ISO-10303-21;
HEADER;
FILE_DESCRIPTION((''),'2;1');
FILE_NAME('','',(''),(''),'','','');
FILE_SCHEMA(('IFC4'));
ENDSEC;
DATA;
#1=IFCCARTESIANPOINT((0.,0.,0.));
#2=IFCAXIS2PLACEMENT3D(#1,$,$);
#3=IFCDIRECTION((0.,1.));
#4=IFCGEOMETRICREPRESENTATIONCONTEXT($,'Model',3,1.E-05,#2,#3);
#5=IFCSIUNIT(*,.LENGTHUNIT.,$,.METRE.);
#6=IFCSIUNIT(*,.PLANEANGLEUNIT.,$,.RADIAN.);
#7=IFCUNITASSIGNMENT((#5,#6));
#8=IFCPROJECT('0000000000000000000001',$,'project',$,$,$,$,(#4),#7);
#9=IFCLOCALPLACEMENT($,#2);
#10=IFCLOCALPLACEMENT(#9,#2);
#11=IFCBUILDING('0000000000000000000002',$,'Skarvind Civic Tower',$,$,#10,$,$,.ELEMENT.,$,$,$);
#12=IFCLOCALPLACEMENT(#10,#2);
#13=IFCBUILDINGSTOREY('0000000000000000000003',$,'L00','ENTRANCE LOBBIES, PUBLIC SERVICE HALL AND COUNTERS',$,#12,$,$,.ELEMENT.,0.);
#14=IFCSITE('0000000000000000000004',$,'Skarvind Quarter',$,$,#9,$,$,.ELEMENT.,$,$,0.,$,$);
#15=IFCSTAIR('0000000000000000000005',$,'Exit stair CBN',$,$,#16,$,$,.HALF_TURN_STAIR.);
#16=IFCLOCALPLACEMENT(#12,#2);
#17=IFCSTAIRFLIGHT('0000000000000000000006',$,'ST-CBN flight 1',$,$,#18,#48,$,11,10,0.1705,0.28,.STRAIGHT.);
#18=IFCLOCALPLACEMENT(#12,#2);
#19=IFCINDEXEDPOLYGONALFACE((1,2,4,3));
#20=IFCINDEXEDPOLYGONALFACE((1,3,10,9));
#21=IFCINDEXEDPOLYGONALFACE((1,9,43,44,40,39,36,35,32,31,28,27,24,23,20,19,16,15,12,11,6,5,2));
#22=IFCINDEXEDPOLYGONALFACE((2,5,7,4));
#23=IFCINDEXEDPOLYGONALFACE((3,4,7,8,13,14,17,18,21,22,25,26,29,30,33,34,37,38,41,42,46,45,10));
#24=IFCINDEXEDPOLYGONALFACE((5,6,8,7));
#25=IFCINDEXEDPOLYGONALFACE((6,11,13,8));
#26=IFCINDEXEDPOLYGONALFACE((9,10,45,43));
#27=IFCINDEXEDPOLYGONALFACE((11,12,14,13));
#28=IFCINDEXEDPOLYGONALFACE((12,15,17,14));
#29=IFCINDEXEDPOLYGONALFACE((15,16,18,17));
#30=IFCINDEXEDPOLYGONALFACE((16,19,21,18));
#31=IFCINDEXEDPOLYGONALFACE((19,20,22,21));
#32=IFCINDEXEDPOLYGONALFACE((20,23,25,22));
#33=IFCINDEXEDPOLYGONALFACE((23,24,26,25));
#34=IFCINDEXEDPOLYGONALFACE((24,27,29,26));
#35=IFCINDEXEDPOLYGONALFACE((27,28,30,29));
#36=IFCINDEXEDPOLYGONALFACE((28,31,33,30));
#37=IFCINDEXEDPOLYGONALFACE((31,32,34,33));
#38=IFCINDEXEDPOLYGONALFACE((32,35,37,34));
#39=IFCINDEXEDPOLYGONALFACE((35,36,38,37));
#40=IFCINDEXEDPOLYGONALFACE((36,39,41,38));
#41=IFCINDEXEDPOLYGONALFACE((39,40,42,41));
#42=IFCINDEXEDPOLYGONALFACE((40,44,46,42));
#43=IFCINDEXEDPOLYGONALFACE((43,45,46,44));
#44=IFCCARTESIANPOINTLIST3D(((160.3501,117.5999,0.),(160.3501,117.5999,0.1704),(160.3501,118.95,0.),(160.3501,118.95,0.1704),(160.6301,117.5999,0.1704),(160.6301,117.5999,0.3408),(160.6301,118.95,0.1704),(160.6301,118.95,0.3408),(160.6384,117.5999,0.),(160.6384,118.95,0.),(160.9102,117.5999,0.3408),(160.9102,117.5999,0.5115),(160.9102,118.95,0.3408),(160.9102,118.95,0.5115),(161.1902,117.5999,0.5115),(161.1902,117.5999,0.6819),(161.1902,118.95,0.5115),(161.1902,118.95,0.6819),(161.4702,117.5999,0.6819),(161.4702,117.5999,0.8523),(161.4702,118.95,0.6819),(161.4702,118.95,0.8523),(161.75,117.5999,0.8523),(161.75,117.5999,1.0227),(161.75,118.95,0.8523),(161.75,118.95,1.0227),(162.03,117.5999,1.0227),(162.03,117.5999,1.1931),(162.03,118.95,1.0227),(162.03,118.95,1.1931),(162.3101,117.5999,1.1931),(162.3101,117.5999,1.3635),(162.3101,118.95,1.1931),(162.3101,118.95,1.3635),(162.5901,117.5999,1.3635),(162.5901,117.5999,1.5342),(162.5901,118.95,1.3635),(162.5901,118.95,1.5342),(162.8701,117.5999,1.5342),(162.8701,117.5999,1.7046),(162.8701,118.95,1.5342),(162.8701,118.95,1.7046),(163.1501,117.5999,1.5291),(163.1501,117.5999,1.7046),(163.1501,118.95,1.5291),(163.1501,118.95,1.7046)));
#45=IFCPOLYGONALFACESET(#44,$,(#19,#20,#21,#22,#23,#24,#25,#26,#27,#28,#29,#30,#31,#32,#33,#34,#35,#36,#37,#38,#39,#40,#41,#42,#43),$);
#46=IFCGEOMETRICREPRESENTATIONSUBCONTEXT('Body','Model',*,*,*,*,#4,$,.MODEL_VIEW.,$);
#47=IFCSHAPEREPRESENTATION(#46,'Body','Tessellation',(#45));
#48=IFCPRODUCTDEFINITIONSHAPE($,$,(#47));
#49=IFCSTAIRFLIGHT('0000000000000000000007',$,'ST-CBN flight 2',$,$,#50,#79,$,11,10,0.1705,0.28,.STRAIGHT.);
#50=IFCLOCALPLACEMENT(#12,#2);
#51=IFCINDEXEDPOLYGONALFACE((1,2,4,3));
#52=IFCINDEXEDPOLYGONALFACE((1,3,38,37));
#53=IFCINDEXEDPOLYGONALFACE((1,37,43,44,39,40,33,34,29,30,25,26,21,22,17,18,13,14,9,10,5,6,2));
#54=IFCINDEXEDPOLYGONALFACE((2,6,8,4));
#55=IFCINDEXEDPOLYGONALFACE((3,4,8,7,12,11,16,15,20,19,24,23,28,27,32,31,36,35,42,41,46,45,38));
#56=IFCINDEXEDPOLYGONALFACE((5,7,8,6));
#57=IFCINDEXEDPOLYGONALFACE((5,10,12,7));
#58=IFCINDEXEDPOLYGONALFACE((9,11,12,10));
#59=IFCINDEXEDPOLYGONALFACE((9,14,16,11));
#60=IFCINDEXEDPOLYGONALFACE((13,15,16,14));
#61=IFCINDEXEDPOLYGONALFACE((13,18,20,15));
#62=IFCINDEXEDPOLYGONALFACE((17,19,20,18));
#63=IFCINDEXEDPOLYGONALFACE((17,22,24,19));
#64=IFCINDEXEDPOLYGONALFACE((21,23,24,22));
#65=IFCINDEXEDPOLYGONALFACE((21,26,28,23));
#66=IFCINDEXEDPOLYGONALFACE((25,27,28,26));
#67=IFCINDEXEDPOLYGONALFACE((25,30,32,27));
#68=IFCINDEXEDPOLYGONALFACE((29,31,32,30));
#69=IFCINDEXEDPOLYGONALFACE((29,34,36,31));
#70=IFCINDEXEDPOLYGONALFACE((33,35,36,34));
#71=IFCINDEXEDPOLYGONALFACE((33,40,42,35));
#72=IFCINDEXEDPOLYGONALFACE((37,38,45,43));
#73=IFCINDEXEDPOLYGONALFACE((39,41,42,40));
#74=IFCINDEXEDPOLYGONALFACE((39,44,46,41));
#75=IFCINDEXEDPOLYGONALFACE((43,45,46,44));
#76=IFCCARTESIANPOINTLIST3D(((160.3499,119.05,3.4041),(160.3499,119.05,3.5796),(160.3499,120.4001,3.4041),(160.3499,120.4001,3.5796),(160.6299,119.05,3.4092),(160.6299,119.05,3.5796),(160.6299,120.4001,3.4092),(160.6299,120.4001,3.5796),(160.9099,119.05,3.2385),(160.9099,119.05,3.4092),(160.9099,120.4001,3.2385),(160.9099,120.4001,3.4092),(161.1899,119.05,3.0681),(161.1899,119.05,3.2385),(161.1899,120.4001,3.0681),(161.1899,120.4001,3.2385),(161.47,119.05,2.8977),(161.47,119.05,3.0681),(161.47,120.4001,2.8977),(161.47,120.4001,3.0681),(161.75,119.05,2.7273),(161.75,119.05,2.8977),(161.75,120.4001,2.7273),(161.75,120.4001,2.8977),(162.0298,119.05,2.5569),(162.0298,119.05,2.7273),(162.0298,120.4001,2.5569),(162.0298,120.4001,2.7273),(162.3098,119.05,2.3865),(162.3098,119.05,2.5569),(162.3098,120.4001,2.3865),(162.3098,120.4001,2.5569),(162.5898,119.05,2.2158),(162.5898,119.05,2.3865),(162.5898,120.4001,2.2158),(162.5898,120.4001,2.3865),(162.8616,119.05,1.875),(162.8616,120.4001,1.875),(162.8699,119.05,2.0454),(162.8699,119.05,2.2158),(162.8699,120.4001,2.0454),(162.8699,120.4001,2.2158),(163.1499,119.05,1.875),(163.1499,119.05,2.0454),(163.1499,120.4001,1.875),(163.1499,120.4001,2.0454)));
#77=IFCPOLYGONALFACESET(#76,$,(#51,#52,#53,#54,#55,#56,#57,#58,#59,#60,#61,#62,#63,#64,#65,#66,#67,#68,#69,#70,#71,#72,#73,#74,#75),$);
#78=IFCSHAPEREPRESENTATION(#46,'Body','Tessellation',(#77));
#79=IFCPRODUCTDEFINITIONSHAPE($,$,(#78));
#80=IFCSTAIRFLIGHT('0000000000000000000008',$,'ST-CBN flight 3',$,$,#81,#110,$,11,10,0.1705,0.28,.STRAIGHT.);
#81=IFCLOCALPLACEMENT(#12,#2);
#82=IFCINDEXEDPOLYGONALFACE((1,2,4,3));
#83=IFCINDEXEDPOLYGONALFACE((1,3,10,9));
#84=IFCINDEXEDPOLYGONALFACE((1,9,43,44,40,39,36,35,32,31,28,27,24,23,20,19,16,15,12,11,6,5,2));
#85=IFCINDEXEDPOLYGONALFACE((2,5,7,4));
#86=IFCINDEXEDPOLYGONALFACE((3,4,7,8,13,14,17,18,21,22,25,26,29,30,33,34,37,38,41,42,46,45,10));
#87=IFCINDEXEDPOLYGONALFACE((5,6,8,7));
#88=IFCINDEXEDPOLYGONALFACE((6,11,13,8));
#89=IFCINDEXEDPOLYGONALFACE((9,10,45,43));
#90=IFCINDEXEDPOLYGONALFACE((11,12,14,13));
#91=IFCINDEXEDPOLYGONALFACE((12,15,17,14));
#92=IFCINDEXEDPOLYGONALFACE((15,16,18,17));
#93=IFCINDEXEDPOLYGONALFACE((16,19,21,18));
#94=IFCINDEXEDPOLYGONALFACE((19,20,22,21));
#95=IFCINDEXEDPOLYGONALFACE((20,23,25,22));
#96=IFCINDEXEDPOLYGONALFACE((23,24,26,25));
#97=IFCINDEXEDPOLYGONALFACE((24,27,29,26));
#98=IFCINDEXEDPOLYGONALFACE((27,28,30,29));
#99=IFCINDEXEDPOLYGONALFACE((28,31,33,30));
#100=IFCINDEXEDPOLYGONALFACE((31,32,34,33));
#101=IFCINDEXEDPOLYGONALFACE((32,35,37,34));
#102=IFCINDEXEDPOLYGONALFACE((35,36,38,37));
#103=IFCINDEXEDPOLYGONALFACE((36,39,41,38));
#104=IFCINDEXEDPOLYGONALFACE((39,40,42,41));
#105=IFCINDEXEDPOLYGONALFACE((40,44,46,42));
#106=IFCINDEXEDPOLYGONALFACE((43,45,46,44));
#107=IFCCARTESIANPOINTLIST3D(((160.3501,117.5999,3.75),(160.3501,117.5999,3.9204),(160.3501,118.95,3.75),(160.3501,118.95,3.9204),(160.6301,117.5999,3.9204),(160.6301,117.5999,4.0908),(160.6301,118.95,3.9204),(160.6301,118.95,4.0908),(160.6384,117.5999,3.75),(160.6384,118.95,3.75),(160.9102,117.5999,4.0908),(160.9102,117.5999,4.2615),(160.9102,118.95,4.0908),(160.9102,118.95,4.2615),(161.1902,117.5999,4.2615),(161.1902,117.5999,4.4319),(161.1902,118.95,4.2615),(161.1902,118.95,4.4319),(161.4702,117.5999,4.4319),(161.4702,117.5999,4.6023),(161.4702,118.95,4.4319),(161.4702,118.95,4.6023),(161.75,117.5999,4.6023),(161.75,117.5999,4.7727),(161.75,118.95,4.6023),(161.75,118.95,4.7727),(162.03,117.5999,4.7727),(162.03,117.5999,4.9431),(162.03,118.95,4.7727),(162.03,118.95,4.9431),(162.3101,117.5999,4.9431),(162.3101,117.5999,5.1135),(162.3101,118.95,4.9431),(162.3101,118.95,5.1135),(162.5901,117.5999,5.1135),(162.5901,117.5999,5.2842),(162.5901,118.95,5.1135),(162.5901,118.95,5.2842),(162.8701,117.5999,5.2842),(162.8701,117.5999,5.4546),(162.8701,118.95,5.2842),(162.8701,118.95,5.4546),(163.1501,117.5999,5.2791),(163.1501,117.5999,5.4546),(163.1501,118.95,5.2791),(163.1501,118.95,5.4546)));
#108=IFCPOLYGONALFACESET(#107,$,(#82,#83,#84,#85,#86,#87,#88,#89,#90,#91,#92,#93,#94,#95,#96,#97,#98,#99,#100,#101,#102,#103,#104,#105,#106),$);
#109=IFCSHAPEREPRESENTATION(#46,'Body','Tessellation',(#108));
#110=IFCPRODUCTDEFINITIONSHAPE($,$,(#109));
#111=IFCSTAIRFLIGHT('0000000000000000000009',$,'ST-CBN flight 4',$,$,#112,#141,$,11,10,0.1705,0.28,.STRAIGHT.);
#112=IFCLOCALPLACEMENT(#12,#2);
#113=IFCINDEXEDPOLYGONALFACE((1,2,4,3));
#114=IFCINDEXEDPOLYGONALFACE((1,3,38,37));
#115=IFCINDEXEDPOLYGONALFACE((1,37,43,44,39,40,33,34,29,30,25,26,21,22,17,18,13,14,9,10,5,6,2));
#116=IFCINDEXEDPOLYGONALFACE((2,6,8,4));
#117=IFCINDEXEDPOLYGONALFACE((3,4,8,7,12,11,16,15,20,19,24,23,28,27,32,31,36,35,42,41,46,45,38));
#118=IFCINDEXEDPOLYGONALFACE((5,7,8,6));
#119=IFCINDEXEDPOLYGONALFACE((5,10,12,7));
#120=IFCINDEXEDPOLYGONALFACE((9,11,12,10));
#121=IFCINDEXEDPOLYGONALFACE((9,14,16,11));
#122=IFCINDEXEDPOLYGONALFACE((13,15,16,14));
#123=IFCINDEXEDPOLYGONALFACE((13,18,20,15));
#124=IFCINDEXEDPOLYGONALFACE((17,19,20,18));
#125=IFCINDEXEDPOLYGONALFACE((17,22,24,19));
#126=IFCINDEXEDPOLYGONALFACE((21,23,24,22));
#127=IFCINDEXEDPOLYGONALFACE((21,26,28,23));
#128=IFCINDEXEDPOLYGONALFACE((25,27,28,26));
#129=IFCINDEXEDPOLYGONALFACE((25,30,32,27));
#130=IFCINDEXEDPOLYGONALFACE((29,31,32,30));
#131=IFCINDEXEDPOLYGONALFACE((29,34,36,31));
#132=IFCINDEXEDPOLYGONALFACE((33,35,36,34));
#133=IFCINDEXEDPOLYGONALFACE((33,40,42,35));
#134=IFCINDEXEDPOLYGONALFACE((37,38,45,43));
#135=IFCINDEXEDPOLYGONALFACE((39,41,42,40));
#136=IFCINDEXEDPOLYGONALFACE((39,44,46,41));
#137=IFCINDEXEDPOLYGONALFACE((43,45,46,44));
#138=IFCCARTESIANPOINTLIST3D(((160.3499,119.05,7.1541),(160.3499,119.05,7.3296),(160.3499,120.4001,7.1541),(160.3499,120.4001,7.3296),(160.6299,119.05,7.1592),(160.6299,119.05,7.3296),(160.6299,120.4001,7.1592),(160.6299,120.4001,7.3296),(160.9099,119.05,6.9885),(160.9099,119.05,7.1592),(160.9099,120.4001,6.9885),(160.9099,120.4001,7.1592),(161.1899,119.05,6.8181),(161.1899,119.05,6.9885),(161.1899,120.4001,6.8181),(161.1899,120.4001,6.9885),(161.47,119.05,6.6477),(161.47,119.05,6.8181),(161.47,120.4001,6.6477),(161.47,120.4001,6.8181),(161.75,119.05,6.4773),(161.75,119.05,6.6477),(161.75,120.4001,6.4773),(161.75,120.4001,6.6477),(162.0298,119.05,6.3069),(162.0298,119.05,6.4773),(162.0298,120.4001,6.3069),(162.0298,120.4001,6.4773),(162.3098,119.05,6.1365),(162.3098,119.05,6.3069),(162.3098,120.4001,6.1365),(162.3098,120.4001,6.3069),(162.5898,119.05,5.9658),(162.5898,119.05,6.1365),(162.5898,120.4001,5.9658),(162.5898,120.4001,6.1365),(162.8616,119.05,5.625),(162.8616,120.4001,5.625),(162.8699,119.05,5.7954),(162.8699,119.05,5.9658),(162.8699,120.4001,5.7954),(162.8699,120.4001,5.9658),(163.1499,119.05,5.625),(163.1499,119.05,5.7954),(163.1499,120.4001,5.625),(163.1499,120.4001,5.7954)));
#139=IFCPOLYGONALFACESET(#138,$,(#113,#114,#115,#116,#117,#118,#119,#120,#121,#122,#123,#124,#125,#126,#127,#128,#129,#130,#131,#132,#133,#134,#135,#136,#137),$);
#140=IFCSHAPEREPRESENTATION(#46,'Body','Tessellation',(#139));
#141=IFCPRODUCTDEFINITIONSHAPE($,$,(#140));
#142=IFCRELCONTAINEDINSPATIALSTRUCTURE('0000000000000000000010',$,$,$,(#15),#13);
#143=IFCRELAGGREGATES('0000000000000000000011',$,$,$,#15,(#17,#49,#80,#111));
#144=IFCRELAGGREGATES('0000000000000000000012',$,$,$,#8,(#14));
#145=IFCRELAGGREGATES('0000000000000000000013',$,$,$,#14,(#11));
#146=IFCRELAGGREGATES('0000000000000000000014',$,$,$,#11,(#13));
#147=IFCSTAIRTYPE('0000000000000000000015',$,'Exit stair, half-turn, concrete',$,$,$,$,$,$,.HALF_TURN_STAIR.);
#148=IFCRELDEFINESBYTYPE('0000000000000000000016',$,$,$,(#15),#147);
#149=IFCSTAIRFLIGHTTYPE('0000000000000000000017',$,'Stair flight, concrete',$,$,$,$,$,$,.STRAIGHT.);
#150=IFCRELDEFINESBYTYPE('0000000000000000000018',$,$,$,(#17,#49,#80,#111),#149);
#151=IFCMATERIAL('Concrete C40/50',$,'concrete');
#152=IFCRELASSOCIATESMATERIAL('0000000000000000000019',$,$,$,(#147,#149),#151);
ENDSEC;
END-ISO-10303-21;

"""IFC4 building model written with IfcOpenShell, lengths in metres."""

from ifc_helpers import new_model, si_unit, direction, frame, origin, place, context, subcontext, project, spatial, polyline, outline, extrude, material, type_object, element, aggregate, save


model = new_model("IFC4")

# Units and contexts
model_context = context("Model", 3, precision=1e-05, world=origin(), true_north=direction((0.0, 1.0)))
body_context = subcontext(model_context, "Body", "Model", "MODEL_VIEW")
ifc_project = project(units=[si_unit("LENGTHUNIT", "METRE"), si_unit("PLANEANGLEUNIT", "RADIAN")], contexts=[model_context])

# Site, building, storey
site_placement = place(None, origin())
site = spatial("IfcSite", under=ifc_project, at=site_placement, Name="Skarvind Quarter", CompositionType="ELEMENT", RefElevation=0.0)
building_placement = place(site_placement, origin())
building = spatial("IfcBuilding", under=site, at=building_placement, Name="Skarvind Civic Tower", CompositionType="ELEMENT")
storey_placement = place(building_placement, origin())
storey = spatial("IfcBuildingStorey", under=building, at=storey_placement, Name="L00", Description="ENTRANCE LOBBIES, PUBLIC SERVICE HALL AND COUNTERS", CompositionType="ELEMENT", Elevation=0.0)

# Stair, stair flights
ifc_material_1 = material(Name="Concrete C40/50", Category="concrete")
stair_type = type_object("IfcStairType", Name="Exit stair, half-turn, concrete", PredefinedType="HALF_TURN_STAIR", material=ifc_material_1)
stair_placement = place(storey_placement, origin())
stair = element("IfcStair", 1, at=stair_placement, inside=storey, type_object=stair_type, Name="Exit stair CBN", PredefinedType="HALF_TURN_STAIR")
stair_flight_type = type_object("IfcStairFlightType", Name="Stair flight, concrete", PredefinedType="STRAIGHT", material=ifc_material_1)
stair_flight_1_placement = place(storey_placement, frame((160.3501, 118.2749, 0.0), z_axis=(0.0, 0.0, 1.0), x_axis=(1.0, 0.0, 0.0)))
stair_flight_1 = element("IfcStairFlight", 2, at=stair_flight_1_placement, type_object=stair_flight_type, Name="ST-CBN flight 1", NumberOfRisers=11, NumberOfTreads=10, PredefinedType="STRAIGHT", RiserHeight=0.1705, TreadLength=0.28, context=body_context, shape_type="SweptSolid", body=[
    extrude(outline(polyline([(0.0, 0.0), (0.0, 0.1704), (0.28, 0.1704), (0.28, 0.3408), (0.5601, 0.3408), (0.5601, 0.5115), (0.8401, 0.5115), (0.8401, 0.6819), (1.1201, 0.6819), (1.1201, 0.8523), (1.3999, 0.8523), (1.3999, 1.0227), (1.6799, 1.0227), (1.6799, 1.1931), (1.96, 1.1931), (1.96, 1.3635), (2.24, 1.3635), (2.24, 1.5342), (2.52, 1.5342), (2.52, 1.7046), (2.8, 1.7046), (2.8, 1.875), (2.8, 1.5291), (0.2883, 0.0), (0.0, 0.0)])), frame((0.0, 0.675, 0.0), z_axis=(0.0, -1.0, 0.0), x_axis=(1.0, 0.0, 0.0)), (0.0, 0.0, 1.0), 1.3501),
])
stair_flight_2_placement = place(storey_placement, frame((163.1499, 119.7251, 1.875), z_axis=(0.0, 0.0, 1.0), x_axis=(-1.0, 0.0, 0.0)))
stair_flight_2 = element("IfcStairFlight", 3, at=stair_flight_2_placement, type_object=stair_flight_type, Name="ST-CBN flight 2", NumberOfRisers=11, NumberOfTreads=10, PredefinedType="STRAIGHT", RiserHeight=0.1705, TreadLength=0.28, context=body_context, shape_type="SweptSolid", body=[
    extrude(outline(polyline([(0.0, 0.0), (0.0, 0.1704), (0.28, 0.1704), (0.28, 0.3408), (0.5601, 0.3408), (0.5601, 0.5115), (0.8401, 0.5115), (0.8401, 0.6819), (1.1201, 0.6819), (1.1201, 0.8523), (1.3999, 0.8523), (1.3999, 1.0227), (1.6799, 1.0227), (1.6799, 1.1931), (1.96, 1.1931), (1.96, 1.3635), (2.24, 1.3635), (2.24, 1.5342), (2.52, 1.5342), (2.52, 1.7046), (2.8, 1.7046), (2.8, 1.875), (2.8, 1.5291), (0.2883, 0.0), (0.0, 0.0)])), frame((0.0, 0.675, 0.0), z_axis=(0.0, -1.0, 0.0), x_axis=(1.0, 0.0, 0.0)), (0.0, 0.0, 1.0), 1.3501),
])
stair_flight_3_placement = place(storey_placement, frame((160.3501, 118.2749, 3.75), z_axis=(0.0, 0.0, 1.0), x_axis=(1.0, 0.0, 0.0)))
stair_flight_3 = element("IfcStairFlight", 4, at=stair_flight_3_placement, type_object=stair_flight_type, Name="ST-CBN flight 3", NumberOfRisers=11, NumberOfTreads=10, PredefinedType="STRAIGHT", RiserHeight=0.1705, TreadLength=0.28, context=body_context, shape_type="SweptSolid", body=[
    extrude(outline(polyline([(0.0, 0.0), (0.0, 0.1704), (0.28, 0.1704), (0.28, 0.3408), (0.5601, 0.3408), (0.5601, 0.5115), (0.8401, 0.5115), (0.8401, 0.6819), (1.1201, 0.6819), (1.1201, 0.8523), (1.3999, 0.8523), (1.3999, 1.0227), (1.6799, 1.0227), (1.6799, 1.1931), (1.96, 1.1931), (1.96, 1.3635), (2.24, 1.3635), (2.24, 1.5342), (2.52, 1.5342), (2.52, 1.7046), (2.8, 1.7046), (2.8, 1.875), (2.8, 1.5291), (0.2883, 0.0), (0.0, 0.0)])), frame((0.0, 0.675, 0.0), z_axis=(0.0, -1.0, 0.0), x_axis=(1.0, 0.0, 0.0)), (0.0, 0.0, 1.0), 1.3501),
])
stair_flight_4_placement = place(storey_placement, frame((163.1499, 119.7251, 5.625), z_axis=(0.0, 0.0, 1.0), x_axis=(-1.0, 0.0, 0.0)))
stair_flight_4 = element("IfcStairFlight", 5, at=stair_flight_4_placement, type_object=stair_flight_type, Name="ST-CBN flight 4", NumberOfRisers=11, NumberOfTreads=10, PredefinedType="STRAIGHT", RiserHeight=0.1705, TreadLength=0.28, context=body_context, shape_type="SweptSolid", body=[
    extrude(outline(polyline([(0.0, 0.0), (0.0, 0.1704), (0.28, 0.1704), (0.28, 0.3408), (0.5601, 0.3408), (0.5601, 0.5115), (0.8401, 0.5115), (0.8401, 0.6819), (1.1201, 0.6819), (1.1201, 0.8523), (1.3999, 0.8523), (1.3999, 1.0227), (1.6799, 1.0227), (1.6799, 1.1931), (1.96, 1.1931), (1.96, 1.3635), (2.24, 1.3635), (2.24, 1.5342), (2.52, 1.5342), (2.52, 1.7046), (2.8, 1.7046), (2.8, 1.875), (2.8, 1.5291), (0.2883, 0.0), (0.0, 0.0)])), frame((0.0, 0.675, 0.0), z_axis=(0.0, -1.0, 0.0), x_axis=(1.0, 0.0, 0.0)), (0.0, 0.0, 1.0), 1.3501),
])
aggregate(stair, [stair_flight_1, stair_flight_2, stair_flight_3, stair_flight_4])

save(model, "model.ifc")
